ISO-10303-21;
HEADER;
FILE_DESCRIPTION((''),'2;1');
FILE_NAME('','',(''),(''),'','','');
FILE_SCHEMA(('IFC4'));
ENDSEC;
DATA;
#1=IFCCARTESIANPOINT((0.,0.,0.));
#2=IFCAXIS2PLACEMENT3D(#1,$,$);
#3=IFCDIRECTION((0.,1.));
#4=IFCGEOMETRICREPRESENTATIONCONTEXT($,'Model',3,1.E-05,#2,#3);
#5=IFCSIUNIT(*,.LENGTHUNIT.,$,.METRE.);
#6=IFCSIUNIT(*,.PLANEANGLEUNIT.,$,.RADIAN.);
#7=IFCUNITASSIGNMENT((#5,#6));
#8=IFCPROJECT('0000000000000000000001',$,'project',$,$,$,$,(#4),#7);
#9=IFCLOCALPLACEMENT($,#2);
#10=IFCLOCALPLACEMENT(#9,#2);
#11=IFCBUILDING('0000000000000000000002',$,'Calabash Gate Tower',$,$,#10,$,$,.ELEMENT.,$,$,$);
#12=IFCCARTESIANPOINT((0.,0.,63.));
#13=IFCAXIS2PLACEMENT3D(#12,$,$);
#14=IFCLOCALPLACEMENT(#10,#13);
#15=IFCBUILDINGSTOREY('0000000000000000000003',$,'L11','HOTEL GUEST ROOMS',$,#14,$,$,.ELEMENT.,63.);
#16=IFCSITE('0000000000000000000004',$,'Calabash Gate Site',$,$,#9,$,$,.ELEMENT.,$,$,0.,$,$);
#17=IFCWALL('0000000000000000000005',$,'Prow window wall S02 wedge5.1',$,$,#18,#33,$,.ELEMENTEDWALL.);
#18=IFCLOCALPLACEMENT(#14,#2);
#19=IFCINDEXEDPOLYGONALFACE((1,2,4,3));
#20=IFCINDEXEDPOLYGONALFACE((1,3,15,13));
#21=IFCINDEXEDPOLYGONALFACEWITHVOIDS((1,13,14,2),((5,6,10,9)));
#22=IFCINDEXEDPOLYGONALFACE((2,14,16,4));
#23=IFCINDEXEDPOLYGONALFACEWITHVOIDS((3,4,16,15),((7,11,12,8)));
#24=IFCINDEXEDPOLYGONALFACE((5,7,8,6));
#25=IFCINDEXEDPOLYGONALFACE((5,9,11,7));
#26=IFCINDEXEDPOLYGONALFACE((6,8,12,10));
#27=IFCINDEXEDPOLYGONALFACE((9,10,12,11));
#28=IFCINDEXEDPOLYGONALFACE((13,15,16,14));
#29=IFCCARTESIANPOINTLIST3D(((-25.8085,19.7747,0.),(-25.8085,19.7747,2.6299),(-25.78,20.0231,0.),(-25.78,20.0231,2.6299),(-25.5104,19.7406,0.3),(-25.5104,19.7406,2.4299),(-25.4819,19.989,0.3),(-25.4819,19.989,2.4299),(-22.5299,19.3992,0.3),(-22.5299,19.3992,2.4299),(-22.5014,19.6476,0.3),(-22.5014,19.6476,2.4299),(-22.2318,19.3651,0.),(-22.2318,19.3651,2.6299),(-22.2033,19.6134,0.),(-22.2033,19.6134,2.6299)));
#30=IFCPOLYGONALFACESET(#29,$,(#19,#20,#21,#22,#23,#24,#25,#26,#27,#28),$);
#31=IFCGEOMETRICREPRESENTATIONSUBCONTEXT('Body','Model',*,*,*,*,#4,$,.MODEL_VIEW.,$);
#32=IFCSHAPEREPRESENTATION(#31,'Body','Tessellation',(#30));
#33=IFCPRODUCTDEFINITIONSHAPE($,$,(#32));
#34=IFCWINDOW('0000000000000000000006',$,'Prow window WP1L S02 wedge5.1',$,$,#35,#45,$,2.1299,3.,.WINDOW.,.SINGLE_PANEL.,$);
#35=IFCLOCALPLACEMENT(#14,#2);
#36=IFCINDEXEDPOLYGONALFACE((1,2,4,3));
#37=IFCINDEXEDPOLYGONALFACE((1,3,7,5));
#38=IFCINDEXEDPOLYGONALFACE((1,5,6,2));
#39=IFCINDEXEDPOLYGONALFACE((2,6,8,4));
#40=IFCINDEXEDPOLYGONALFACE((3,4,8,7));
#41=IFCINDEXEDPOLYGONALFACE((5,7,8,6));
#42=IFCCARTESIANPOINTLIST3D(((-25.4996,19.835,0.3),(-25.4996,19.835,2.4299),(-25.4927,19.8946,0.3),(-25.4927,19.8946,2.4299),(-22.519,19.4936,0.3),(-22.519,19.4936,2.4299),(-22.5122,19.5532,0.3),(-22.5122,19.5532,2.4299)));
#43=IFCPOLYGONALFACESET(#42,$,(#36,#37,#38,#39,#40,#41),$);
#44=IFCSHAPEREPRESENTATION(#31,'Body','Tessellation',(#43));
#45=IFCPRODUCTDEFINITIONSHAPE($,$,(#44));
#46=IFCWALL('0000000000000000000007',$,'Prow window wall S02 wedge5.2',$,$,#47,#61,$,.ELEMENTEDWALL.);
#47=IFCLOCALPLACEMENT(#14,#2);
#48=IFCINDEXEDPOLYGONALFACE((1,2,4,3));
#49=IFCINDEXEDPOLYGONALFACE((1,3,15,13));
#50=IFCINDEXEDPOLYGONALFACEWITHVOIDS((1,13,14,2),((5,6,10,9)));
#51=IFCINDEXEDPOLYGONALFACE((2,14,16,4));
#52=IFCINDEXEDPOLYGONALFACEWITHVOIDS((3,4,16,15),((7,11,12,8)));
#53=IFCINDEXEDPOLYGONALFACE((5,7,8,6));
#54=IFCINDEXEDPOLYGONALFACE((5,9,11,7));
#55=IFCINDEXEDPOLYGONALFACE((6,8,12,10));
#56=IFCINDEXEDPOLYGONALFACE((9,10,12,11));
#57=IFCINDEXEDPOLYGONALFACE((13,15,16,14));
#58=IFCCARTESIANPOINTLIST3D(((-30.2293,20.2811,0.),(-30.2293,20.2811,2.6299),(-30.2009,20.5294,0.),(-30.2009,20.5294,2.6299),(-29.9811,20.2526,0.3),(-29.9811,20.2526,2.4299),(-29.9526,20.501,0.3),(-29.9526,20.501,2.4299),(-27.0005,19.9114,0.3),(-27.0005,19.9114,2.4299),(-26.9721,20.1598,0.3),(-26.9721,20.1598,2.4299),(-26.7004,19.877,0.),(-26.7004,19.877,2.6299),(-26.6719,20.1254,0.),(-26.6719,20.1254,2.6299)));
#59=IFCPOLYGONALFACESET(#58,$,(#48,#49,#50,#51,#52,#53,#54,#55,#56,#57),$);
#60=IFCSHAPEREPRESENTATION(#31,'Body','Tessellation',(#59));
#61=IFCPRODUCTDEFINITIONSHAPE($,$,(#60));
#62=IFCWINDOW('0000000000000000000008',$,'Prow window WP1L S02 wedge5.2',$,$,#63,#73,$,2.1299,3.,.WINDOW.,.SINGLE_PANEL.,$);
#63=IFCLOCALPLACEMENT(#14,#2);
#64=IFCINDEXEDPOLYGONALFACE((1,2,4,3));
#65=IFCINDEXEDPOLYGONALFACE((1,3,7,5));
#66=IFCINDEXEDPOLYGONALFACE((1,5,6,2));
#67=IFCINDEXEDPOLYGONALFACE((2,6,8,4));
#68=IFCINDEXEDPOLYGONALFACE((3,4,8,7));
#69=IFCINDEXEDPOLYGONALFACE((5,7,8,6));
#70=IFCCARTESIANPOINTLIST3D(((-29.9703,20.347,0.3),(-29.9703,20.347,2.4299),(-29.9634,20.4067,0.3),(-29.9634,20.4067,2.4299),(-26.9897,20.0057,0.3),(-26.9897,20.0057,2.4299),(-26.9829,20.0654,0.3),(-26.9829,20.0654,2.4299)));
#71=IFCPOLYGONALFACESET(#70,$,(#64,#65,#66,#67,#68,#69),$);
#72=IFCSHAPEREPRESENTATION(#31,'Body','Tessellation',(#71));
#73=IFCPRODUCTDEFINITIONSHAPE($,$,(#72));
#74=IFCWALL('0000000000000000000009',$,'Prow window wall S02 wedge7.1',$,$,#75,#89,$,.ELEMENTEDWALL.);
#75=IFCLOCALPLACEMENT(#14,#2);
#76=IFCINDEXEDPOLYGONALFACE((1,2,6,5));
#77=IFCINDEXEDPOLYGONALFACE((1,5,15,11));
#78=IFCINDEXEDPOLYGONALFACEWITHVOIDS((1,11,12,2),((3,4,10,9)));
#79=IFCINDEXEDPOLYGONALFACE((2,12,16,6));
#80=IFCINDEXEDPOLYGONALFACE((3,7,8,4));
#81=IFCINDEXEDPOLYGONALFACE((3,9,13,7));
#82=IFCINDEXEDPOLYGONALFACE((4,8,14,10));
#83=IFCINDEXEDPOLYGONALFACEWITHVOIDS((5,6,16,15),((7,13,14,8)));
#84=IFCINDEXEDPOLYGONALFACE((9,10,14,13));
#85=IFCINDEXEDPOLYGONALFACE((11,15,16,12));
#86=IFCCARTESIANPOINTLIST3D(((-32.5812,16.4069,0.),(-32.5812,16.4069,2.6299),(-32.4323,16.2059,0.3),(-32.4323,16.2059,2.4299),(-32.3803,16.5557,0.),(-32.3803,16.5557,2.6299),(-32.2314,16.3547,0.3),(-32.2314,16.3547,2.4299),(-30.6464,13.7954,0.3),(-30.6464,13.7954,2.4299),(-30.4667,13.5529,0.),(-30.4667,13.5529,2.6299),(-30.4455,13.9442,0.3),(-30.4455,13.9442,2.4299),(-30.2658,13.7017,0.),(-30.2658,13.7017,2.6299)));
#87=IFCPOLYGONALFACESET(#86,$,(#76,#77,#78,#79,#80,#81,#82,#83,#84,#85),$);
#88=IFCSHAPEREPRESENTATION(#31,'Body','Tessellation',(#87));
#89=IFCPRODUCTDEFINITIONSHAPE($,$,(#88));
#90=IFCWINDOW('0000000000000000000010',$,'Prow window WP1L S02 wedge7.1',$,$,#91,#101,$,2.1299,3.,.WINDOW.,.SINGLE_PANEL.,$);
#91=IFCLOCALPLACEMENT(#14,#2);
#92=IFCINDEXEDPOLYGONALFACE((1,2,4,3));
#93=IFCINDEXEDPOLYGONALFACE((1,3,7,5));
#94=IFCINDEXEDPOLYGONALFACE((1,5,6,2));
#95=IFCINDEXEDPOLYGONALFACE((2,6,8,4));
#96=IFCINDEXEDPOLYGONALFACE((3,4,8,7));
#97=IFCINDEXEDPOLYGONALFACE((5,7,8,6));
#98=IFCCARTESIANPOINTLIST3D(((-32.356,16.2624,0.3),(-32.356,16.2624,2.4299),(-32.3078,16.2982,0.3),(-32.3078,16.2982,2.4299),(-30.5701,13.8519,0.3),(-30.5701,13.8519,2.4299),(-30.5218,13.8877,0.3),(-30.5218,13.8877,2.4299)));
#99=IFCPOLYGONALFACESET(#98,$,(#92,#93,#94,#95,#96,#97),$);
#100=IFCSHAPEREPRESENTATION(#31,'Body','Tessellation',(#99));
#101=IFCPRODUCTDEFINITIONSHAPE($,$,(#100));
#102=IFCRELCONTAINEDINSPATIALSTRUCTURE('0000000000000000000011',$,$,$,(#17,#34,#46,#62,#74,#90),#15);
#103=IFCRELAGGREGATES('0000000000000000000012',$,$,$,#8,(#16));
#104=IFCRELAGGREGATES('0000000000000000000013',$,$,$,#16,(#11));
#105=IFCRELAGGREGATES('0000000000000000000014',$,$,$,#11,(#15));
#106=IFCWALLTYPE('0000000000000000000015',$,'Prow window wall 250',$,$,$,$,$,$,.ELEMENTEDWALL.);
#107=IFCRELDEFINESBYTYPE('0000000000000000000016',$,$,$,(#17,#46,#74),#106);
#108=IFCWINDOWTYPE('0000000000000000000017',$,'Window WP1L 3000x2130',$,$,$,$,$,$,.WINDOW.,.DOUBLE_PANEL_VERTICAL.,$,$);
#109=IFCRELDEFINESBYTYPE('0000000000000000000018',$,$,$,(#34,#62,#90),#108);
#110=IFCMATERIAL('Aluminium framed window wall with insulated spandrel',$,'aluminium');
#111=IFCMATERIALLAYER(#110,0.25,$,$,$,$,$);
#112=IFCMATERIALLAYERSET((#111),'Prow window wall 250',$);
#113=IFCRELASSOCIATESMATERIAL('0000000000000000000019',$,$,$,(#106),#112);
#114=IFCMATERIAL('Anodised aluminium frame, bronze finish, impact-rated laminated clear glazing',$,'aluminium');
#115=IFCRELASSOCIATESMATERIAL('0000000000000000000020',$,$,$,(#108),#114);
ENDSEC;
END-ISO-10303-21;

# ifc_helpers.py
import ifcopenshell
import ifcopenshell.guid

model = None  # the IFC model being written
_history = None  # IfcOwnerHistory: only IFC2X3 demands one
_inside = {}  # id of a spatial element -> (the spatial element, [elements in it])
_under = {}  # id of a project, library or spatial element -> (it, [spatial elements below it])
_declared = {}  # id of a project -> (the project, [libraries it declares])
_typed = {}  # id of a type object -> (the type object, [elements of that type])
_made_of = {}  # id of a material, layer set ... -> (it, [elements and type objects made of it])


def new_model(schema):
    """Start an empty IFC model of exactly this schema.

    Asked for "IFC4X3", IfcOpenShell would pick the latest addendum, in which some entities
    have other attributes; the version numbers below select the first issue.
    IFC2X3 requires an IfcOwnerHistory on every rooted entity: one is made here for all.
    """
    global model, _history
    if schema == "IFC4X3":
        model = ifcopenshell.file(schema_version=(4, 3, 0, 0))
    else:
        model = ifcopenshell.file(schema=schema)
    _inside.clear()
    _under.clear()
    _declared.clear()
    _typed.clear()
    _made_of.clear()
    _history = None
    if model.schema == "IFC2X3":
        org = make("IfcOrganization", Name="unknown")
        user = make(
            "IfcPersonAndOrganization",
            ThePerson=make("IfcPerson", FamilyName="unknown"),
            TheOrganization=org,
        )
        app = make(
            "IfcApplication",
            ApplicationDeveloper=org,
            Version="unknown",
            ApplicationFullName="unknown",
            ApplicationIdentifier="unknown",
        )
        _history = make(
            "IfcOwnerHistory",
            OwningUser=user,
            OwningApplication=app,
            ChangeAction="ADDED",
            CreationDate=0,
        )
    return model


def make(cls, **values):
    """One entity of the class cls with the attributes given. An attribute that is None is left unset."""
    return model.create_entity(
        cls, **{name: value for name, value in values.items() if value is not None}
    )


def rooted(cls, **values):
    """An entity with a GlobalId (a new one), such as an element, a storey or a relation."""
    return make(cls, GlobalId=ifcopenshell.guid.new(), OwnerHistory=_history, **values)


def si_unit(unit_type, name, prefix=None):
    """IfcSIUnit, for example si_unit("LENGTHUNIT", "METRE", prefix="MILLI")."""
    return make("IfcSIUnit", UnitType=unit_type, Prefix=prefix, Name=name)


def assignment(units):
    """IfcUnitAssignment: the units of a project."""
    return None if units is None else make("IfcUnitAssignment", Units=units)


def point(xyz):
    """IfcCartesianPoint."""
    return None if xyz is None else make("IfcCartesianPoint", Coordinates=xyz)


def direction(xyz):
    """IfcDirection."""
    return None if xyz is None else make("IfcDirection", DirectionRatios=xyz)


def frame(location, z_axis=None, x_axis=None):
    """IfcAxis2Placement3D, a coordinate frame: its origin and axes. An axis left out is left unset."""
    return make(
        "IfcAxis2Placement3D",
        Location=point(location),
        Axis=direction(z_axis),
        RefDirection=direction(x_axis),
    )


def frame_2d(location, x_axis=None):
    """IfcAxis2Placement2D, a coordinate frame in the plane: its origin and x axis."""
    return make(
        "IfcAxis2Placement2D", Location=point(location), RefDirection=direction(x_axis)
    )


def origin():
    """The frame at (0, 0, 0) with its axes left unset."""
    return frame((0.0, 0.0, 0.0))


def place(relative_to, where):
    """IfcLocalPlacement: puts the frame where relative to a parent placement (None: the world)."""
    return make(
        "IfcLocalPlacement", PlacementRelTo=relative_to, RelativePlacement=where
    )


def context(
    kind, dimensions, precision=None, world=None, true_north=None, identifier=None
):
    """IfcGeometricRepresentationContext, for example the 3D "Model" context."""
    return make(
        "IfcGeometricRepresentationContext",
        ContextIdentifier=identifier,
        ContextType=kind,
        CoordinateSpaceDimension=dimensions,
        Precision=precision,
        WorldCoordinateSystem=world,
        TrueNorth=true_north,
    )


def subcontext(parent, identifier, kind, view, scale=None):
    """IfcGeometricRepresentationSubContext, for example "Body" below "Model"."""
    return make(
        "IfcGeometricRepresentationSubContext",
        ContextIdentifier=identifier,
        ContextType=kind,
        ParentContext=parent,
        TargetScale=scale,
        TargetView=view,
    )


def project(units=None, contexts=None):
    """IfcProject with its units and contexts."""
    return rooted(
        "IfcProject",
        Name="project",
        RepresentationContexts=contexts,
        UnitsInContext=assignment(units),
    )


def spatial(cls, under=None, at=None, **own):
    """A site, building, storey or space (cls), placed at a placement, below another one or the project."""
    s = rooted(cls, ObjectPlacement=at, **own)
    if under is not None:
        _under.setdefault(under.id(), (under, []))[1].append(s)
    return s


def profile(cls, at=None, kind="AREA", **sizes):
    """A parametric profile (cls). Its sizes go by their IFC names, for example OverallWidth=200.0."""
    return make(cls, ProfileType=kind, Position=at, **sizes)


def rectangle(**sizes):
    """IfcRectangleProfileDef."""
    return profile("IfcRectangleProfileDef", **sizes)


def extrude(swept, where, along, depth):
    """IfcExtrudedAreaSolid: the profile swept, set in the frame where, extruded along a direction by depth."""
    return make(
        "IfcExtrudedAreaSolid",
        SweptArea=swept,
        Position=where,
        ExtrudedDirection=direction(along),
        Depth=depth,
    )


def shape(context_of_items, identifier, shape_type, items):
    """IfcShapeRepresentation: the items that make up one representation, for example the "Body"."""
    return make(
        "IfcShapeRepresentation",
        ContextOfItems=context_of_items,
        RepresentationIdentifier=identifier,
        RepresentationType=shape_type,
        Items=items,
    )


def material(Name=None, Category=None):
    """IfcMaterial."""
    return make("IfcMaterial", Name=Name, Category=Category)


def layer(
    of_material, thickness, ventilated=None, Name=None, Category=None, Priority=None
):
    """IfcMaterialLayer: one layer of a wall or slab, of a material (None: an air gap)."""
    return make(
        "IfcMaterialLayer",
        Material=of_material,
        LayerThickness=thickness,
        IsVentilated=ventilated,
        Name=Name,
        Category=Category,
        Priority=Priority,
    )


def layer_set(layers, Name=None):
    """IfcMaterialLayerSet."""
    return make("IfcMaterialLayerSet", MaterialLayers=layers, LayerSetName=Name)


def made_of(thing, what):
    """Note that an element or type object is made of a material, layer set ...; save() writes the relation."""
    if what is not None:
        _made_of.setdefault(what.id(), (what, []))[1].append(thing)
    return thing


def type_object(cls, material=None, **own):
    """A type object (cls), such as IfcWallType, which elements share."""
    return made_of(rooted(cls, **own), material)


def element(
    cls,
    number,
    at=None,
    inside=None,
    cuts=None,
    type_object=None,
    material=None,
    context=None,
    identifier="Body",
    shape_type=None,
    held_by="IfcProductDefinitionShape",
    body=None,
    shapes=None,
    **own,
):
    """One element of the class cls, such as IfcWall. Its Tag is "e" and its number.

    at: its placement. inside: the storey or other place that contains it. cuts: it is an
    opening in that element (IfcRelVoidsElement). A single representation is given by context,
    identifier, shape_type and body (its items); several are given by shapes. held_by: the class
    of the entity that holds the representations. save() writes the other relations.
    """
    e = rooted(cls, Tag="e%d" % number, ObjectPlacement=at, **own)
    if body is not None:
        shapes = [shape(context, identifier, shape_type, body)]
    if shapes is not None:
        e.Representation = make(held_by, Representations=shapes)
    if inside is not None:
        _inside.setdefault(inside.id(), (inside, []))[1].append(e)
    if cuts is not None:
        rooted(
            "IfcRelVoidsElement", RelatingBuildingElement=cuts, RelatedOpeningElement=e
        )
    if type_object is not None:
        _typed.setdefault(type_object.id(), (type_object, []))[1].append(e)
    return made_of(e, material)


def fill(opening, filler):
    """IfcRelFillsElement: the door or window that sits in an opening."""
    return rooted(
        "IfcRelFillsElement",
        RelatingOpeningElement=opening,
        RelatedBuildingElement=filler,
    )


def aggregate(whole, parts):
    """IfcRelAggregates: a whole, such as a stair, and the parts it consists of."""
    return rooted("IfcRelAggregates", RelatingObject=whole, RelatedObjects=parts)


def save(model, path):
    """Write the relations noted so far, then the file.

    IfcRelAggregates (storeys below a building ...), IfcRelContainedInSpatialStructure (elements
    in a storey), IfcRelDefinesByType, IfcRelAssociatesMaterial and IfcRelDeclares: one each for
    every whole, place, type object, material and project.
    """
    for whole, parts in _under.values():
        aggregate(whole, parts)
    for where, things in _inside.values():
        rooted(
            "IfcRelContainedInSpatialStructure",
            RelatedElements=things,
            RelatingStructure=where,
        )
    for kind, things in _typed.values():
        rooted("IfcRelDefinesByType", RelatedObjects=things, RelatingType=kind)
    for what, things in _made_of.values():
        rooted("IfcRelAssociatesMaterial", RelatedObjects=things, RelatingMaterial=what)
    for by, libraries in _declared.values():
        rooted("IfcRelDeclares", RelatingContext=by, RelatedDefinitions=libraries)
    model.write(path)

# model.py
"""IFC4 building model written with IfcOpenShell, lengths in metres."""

from ifc_helpers import new_model, si_unit, direction, frame, frame_2d, origin, place, context, subcontext, project, spatial, rectangle, extrude, material, layer, layer_set, type_object, element, fill, save


model = new_model("IFC4")

# Units and contexts
model_context = context("Model", 3, precision=1e-05, world=origin(), true_north=direction((0.0, 1.0)))
body_context = subcontext(model_context, "Body", "Model", "MODEL_VIEW")
ifc_project = project(units=[si_unit("LENGTHUNIT", "METRE"), si_unit("PLANEANGLEUNIT", "RADIAN")], contexts=[model_context])

# Site, building, storey
site_placement = place(None, origin())
site = spatial("IfcSite", under=ifc_project, at=site_placement, Name="Calabash Gate Site", CompositionType="ELEMENT", RefElevation=0.0)
building_placement = place(site_placement, origin())
building = spatial("IfcBuilding", under=site, at=building_placement, Name="Calabash Gate Tower", CompositionType="ELEMENT")
storey_placement = place(building_placement, frame((0.0, 0.0, 63.0)))
storey = spatial("IfcBuildingStorey", under=building, at=storey_placement, Name="L11", Description="HOTEL GUEST ROOMS", CompositionType="ELEMENT", Elevation=63.0)

# Walls, openings, windows
ifc_material_1 = material(Name="Aluminium framed window wall with insulated spandrel", Category="aluminium")
ifc_layer_1 = layer(ifc_material_1, 0.25)
ifc_layer_set_1 = layer_set([ifc_layer_1], Name="Prow window wall 250")
wall_type_1 = type_object("IfcWallType", Name="Prow window wall 250", PredefinedType="ELEMENTEDWALL", material=ifc_layer_set_1)
wall_1_placement = place(storey_placement, frame((-22.2175, 19.4893, 0.0), z_axis=(0.0, 0.0, 1.0), x_axis=(-0.993504, 0.113795, 0.0)))
wall_1 = element("IfcWall", 1, at=wall_1_placement, inside=storey, type_object=wall_type_1, Name="Prow window wall S02 wedge5.1", PredefinedType="ELEMENTEDWALL", context=body_context, shape_type="SweptSolid", body=[
    extrude(rectangle(XDim=3.6001, YDim=0.25, at=frame_2d((1.8, 0.0))), origin(), (0.0, 0.0, 1.0), 2.6299),
])
opening_1_placement = place(wall_1_placement, frame((0.3, 0.0, 0.3)))
opening_1 = element("IfcOpeningElement", 2, at=opening_1_placement, cuts=wall_1, PredefinedType="OPENING", context=body_context, shape_type="SweptSolid", body=[
    extrude(rectangle(XDim=3.0, YDim=2.1299, at=frame_2d((1.5, 1.0649))), frame((0.0, 0.135, 0.0), z_axis=(0.0, -1.0, 0.0), x_axis=(1.0, 0.0, 0.0)), (0.0, 0.0, 1.0), 0.27),
])
ifc_material_2 = material(Name="Anodised aluminium frame, bronze finish, impact-rated laminated clear glazing", Category="aluminium")
window_type = type_object("IfcWindowType", Name="Window WP1L 3000x2130", PartitioningType="DOUBLE_PANEL_VERTICAL", PredefinedType="WINDOW", material=ifc_material_2)
window_1_placement = place(opening_1_placement, origin())
window_1 = element("IfcWindow", 3, at=window_1_placement, inside=storey, type_object=window_type, Name="Prow window WP1L S02 wedge5.1", OverallHeight=2.1299, OverallWidth=3.0, PartitioningType="SINGLE_PANEL", PredefinedType="WINDOW", context=body_context, shape_type="SweptSolid", body=[
    extrude(rectangle(XDim=3.0, YDim=2.1299, at=frame_2d((1.5, 1.0649))), frame((0.0, 0.03, 0.0), z_axis=(0.0, -1.0, 0.0), x_axis=(1.0, 0.0, 0.0)), (0.0, 0.0, 1.0), 0.0601),
])
fill(opening_1, window_1)
wall_2_placement = place(storey_placement, frame((-26.6863, 20.0012, 0.0), z_axis=(0.0, 0.0, 1.0), x_axis=(-0.993509, 0.11375, 0.0)))
wall_2 = element("IfcWall", 4, at=wall_2_placement, inside=storey, type_object=wall_type_1, Name="Prow window wall S02 wedge5.2", PredefinedType="ELEMENTEDWALL", context=body_context, shape_type="SweptSolid", body=[
    extrude(rectangle(XDim=3.552, YDim=0.25, at=frame_2d((1.7759, 0.0))), origin(), (0.0, 0.0, 1.0), 2.6299),
])
opening_2_placement = place(wall_2_placement, frame((0.302, 0.0, 0.3)))
opening_2 = element("IfcOpeningElement", 5, at=opening_2_placement, cuts=wall_2, PredefinedType="OPENING", context=body_context, shape_type="SweptSolid", body=[
    extrude(rectangle(XDim=3.0, YDim=2.1299, at=frame_2d((1.5, 1.0649))), frame((0.0, 0.135, 0.0), z_axis=(0.0, -1.0, 0.0), x_axis=(1.0, 0.0, 0.0)), (0.0, 0.0, 1.0), 0.27),
])
window_2_placement = place(opening_2_placement, origin())
window_2 = element("IfcWindow", 6, at=window_2_placement, inside=storey, type_object=window_type, Name="Prow window WP1L S02 wedge5.2", OverallHeight=2.1299, OverallWidth=3.0, PartitioningType="SINGLE_PANEL", PredefinedType="WINDOW", context=body_context, shape_type="SweptSolid", body=[
    extrude(rectangle(XDim=3.0, YDim=2.1299, at=frame_2d((1.5, 1.0649))), frame((0.0, 0.03, 0.0), z_axis=(0.0, -1.0, 0.0), x_axis=(1.0, 0.0, 0.0)), (0.0, 0.0, 1.0), 0.0601),
])
fill(opening_2, window_2)
wall_3_placement = place(storey_placement, frame((-32.4807, 16.4812, 0.0), z_axis=(0.0, 0.0, 1.0), x_axis=(0.595305, -0.8035, 0.0)))
wall_3 = element("IfcWall", 7, at=wall_3_placement, inside=storey, type_object=wall_type_1, Name="Prow window wall S02 wedge7.1", PredefinedType="ELEMENTEDWALL", context=body_context, shape_type="SweptSolid", body=[
    extrude(rectangle(XDim=3.552, YDim=0.25, at=frame_2d((1.7759, 0.0))), origin(), (0.0, 0.0, 1.0), 2.6299),
])
opening_3_placement = place(wall_3_placement, frame((0.25, 0.0, 0.3)))
opening_3 = element("IfcOpeningElement", 8, at=opening_3_placement, cuts=wall_3, PredefinedType="OPENING", context=body_context, shape_type="SweptSolid", body=[
    extrude(rectangle(XDim=3.0, YDim=2.1299, at=frame_2d((1.5, 1.0649))), frame((0.0, 0.135, 0.0), z_axis=(0.0, -1.0, 0.0), x_axis=(1.0, 0.0, 0.0)), (0.0, 0.0, 1.0), 0.27),
])
window_3_placement = place(opening_3_placement, origin())
window_3 = element("IfcWindow", 9, at=window_3_placement, inside=storey, type_object=window_type, Name="Prow window WP1L S02 wedge7.1", OverallHeight=2.1299, OverallWidth=3.0, PartitioningType="SINGLE_PANEL", PredefinedType="WINDOW", context=body_context, shape_type="SweptSolid", body=[
    extrude(rectangle(XDim=3.0, YDim=2.1299, at=frame_2d((1.5, 1.0649))), frame((0.0, 0.03, 0.0), z_axis=(0.0, -1.0, 0.0), x_axis=(1.0, 0.0, 0.0)), (0.0, 0.0, 1.0), 0.0601),
])
fill(opening_3, window_3)

save(model, "model.ifc")
